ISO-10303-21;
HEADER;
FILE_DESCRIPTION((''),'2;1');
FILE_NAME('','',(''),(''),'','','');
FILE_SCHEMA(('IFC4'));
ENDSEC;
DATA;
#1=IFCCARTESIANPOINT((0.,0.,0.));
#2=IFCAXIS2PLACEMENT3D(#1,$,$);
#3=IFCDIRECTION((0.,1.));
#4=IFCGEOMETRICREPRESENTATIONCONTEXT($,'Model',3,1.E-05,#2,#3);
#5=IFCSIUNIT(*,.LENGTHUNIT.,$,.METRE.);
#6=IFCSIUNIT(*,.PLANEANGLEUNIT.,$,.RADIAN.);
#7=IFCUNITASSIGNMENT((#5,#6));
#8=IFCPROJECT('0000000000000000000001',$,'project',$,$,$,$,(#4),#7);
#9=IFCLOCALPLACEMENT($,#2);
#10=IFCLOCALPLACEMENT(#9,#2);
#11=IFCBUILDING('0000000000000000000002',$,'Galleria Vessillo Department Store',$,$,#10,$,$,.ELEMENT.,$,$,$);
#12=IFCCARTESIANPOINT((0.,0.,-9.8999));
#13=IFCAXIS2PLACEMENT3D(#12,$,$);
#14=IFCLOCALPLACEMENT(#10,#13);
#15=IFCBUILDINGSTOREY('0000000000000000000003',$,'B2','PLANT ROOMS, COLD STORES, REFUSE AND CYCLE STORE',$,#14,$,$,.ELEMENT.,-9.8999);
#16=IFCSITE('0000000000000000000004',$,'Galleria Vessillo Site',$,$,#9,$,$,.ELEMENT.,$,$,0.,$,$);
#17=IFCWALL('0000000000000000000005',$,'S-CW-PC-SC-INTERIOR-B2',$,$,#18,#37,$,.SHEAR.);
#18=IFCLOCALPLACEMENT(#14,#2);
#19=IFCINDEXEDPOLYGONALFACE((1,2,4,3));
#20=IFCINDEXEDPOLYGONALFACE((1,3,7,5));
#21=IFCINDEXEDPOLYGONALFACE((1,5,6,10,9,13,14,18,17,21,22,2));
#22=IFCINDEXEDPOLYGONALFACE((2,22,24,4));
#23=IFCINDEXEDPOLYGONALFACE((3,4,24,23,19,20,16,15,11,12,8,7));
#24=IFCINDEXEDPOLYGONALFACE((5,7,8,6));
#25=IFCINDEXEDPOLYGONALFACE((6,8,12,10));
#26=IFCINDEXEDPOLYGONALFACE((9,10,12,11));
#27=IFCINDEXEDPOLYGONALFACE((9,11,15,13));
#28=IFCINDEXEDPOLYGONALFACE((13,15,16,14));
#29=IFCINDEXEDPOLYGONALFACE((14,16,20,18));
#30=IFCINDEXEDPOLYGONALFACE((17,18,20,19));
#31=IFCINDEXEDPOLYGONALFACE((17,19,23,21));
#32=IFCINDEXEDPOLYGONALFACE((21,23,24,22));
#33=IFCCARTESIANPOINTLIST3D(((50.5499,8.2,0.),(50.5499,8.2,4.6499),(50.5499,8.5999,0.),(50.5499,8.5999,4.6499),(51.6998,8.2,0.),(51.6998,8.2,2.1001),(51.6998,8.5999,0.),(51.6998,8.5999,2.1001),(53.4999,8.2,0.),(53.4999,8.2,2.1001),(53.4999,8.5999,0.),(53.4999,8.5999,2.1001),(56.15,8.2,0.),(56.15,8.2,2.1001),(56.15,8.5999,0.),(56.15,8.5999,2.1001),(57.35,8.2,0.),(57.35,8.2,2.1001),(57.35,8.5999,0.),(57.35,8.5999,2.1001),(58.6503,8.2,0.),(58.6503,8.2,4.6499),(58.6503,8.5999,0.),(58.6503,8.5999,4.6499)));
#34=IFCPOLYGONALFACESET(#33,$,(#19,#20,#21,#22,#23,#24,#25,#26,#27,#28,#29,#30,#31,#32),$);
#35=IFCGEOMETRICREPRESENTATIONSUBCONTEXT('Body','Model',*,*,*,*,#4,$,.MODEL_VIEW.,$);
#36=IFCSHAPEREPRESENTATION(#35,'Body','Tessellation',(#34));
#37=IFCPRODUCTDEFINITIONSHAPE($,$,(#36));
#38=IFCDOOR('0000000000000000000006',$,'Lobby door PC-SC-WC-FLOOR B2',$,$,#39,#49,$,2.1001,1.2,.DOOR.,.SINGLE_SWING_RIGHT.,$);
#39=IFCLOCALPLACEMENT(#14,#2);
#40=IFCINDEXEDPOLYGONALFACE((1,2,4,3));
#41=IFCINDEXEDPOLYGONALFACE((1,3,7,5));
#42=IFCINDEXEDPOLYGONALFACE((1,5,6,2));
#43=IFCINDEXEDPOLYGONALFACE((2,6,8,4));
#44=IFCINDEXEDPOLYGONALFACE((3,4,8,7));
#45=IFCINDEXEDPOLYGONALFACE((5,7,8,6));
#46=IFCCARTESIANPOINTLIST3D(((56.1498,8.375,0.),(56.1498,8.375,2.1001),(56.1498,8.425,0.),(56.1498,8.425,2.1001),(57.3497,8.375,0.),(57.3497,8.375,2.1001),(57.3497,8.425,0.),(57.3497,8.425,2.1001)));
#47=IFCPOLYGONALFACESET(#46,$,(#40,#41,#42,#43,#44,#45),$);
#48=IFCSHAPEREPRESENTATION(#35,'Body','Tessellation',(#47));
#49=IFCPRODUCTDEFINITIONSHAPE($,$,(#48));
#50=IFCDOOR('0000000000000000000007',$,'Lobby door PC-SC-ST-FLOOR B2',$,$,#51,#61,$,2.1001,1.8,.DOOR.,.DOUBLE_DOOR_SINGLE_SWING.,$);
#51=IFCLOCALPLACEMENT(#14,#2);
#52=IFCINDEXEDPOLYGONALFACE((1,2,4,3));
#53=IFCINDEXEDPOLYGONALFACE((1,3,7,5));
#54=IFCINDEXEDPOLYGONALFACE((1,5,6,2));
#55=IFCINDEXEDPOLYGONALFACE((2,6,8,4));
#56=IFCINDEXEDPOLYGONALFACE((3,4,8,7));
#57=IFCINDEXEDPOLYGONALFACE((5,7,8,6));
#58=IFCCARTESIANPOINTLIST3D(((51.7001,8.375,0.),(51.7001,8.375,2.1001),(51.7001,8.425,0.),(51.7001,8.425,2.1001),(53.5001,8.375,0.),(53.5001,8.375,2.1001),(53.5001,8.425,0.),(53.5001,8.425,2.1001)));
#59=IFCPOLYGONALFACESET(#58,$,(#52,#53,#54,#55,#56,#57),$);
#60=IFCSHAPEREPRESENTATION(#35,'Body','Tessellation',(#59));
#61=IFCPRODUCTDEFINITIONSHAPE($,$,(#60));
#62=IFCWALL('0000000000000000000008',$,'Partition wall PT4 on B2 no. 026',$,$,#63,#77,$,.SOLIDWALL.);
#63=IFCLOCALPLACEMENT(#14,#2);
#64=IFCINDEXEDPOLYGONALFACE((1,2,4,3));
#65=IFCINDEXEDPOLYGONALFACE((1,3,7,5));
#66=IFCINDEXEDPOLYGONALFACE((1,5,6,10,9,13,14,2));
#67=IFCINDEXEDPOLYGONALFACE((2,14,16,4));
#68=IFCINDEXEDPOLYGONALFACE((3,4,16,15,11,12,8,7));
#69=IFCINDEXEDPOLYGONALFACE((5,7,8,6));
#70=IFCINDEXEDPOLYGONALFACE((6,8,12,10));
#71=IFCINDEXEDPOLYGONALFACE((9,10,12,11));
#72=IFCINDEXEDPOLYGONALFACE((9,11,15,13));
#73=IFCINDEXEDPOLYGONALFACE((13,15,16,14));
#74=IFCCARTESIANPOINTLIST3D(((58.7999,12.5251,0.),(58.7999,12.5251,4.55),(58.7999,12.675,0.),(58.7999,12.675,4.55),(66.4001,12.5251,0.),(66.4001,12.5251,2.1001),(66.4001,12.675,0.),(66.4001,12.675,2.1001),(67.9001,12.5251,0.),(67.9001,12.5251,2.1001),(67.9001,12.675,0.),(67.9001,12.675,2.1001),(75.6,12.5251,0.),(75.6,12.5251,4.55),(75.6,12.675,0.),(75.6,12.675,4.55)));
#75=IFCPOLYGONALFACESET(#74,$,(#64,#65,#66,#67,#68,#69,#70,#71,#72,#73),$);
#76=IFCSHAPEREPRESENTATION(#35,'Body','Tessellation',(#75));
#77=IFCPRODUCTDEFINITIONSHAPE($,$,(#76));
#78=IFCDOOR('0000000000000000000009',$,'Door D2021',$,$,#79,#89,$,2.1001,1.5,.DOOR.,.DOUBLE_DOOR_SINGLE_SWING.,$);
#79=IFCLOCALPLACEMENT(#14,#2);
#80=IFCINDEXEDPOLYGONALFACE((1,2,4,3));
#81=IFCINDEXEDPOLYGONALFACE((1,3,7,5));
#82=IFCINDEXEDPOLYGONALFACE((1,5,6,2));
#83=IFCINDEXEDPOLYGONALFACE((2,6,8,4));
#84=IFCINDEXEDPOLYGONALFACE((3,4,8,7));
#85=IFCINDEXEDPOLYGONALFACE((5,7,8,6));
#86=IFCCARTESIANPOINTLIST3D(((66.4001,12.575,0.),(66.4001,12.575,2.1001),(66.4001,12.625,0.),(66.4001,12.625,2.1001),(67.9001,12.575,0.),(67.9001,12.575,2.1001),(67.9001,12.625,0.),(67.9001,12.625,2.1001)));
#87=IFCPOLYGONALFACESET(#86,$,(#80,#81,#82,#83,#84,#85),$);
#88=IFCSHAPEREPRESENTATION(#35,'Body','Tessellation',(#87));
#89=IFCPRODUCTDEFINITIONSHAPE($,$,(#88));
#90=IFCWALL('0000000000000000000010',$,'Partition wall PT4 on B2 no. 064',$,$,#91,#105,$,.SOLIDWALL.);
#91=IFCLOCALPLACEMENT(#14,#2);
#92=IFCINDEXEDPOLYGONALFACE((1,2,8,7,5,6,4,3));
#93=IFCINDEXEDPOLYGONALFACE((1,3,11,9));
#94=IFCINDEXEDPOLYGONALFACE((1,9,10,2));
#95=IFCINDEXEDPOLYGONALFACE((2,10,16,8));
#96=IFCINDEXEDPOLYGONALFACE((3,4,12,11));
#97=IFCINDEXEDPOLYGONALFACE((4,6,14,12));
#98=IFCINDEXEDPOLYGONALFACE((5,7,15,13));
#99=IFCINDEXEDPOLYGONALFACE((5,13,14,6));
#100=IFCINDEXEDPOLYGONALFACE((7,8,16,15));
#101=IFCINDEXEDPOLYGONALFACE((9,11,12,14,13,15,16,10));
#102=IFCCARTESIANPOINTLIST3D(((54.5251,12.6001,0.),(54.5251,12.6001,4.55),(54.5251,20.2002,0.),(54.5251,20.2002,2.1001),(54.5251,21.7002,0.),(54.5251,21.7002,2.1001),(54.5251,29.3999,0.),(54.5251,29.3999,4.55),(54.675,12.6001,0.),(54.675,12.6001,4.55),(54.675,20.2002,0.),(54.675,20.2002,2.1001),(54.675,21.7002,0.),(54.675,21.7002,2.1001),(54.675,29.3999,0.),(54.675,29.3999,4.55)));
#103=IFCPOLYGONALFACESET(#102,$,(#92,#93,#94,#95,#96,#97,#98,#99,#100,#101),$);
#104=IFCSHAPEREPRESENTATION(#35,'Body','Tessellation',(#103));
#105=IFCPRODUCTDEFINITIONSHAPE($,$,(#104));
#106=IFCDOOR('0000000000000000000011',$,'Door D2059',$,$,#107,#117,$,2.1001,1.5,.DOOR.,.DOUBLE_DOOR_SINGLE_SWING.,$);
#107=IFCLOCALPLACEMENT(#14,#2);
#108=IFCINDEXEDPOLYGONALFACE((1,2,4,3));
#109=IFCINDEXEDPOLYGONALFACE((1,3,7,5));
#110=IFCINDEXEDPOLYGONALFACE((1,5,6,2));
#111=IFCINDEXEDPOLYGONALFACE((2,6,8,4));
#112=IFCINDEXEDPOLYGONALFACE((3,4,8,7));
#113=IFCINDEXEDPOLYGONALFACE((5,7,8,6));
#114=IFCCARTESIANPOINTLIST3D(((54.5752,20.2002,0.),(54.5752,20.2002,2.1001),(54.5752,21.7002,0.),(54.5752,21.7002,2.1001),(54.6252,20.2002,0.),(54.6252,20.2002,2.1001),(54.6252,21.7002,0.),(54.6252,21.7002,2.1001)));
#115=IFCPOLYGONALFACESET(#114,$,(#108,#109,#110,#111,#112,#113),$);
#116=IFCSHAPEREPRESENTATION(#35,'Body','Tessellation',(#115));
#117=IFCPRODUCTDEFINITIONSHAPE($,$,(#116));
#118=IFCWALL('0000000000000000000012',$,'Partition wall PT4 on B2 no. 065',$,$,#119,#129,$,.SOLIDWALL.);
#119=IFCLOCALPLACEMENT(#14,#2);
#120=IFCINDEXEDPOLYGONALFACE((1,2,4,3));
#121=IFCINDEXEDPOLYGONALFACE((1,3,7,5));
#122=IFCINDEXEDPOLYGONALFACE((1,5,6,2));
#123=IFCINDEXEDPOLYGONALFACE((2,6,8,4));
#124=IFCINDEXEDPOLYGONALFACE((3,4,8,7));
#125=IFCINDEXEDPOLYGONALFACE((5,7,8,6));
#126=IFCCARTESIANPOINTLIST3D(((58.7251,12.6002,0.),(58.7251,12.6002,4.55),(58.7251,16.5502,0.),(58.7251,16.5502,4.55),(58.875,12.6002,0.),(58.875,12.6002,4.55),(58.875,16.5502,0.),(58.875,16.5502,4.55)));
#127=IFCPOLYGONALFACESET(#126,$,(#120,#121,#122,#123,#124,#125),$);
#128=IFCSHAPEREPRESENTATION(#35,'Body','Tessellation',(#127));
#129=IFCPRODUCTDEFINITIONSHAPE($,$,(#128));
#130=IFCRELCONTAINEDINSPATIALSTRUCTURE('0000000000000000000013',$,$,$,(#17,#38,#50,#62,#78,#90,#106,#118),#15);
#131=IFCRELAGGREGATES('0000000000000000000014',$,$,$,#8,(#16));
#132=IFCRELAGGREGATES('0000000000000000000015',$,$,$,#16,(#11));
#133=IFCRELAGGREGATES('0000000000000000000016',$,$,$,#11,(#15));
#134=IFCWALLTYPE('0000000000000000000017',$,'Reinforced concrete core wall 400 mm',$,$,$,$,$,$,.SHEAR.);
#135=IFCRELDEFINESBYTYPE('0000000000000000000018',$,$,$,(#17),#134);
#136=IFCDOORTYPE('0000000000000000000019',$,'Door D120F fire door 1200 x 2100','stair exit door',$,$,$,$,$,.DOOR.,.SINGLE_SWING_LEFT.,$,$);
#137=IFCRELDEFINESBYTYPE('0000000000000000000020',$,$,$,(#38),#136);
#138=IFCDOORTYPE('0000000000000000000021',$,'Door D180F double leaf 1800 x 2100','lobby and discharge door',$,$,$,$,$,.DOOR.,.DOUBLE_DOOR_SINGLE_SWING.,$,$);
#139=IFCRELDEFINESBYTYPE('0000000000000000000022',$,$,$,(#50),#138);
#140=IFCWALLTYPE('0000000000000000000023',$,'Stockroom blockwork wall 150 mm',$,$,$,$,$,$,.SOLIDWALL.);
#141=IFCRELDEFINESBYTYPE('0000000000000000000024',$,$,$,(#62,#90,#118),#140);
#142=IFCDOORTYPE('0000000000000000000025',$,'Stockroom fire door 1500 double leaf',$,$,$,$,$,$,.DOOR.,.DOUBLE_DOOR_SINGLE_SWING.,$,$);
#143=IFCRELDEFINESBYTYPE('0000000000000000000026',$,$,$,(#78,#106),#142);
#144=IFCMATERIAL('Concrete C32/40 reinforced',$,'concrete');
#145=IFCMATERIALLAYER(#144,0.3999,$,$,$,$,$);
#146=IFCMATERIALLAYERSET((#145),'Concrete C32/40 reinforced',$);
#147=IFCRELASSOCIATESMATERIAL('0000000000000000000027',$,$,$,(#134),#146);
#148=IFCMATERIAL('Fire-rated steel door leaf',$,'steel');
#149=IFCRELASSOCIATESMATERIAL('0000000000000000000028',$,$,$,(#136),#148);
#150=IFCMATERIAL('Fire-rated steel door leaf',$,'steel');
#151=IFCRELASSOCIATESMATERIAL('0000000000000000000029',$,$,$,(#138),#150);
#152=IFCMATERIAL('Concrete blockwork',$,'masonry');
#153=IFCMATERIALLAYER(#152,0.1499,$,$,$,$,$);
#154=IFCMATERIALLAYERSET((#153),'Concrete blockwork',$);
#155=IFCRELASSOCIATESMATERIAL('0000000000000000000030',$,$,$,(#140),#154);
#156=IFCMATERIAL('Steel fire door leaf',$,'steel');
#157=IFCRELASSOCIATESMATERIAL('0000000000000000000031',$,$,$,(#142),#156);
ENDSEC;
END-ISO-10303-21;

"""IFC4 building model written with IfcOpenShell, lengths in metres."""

from ifc_helpers import new_model, si_unit, direction, frame, frame_2d, origin, place, context, subcontext, project, spatial, rectangle, extrude, material, layer, layer_set, type_object, element, fill, save


model = new_model("IFC4")

# Units and contexts
model_context = context("Model", 3, precision=1e-05, world=origin(), true_north=direction((0.0, 1.0)))
body_context = subcontext(model_context, "Body", "Model", "MODEL_VIEW")
ifc_project = project(units=[si_unit("LENGTHUNIT", "METRE"), si_unit("PLANEANGLEUNIT", "RADIAN")], contexts=[model_context])

# Site, building, storey
site_placement = place(None, origin())
site = spatial("IfcSite", under=ifc_project, at=site_placement, Name="Galleria Vessillo Site", CompositionType="ELEMENT", RefElevation=0.0)
building_placement = place(site_placement, origin())
building = spatial("IfcBuilding", under=site, at=building_placement, Name="Galleria Vessillo Department Store", CompositionType="ELEMENT")
storey_placement = place(building_placement, frame((0.0, 0.0, -9.8999)))
storey = spatial("IfcBuildingStorey", under=building, at=storey_placement, Name="B2", Description="PLANT ROOMS, COLD STORES, REFUSE AND CYCLE STORE", CompositionType="ELEMENT", Elevation=-9.8999)

# Wall, openings, doors
ifc_material_1 = material(Name="Concrete C32/40 reinforced", Category="concrete")
ifc_layer_1 = layer(ifc_material_1, 0.3999)
ifc_layer_set_1 = layer_set([ifc_layer_1], Name="Concrete C32/40 reinforced")
wall_type_1 = type_object("IfcWallType", Name="Reinforced concrete core wall 400 mm", PredefinedType="SHEAR", material=ifc_layer_set_1)
wall_1_placement = place(storey_placement, frame((50.5498, 8.3999, 0.0), z_axis=(0.0, 0.0, 1.0), x_axis=(1.0, 0.0, 0.0)))
wall_1 = element("IfcWall", 1, at=wall_1_placement, inside=storey, type_object=wall_type_1, Name="S-CW-PC-SC-INTERIOR-B2", PredefinedType="SHEAR", context=body_context, shape_type="SweptSolid", body=[
    extrude(rectangle(XDim=8.1003, YDim=0.3999, at=frame_2d((4.0503, 0.0))), origin(), (0.0, 0.0, 1.0), 4.6499),
])
opening_1_placement = place(wall_1_placement, frame((1.1501, 0.0, 0.0)))
opening_1 = element("IfcOpeningElement", 2, at=opening_1_placement, cuts=wall_1, PredefinedType="OPENING", context=body_context, shape_type="SweptSolid", body=[
    extrude(rectangle(XDim=1.8, YDim=2.1001, at=frame_2d((0.8999, 1.05))), frame((0.0, 0.21, 0.0), z_axis=(0.0, -1.0, 0.0), x_axis=(1.0, 0.0, 0.0)), (0.0, 0.0, 1.0), 0.4199),
])
opening_2_placement = place(wall_1_placement, frame((5.6001, 0.0, 0.0)))
opening_2 = element("IfcOpeningElement", 3, at=opening_2_placement, cuts=wall_1, PredefinedType="OPENING", context=body_context, shape_type="SweptSolid", body=[
    extrude(rectangle(XDim=1.2, YDim=2.1001, at=frame_2d((0.6001, 1.05))), frame((0.0, 0.21, 0.0), z_axis=(0.0, -1.0, 0.0), x_axis=(1.0, 0.0, 0.0)), (0.0, 0.0, 1.0), 0.4199),
])
ifc_material_2 = material(Name="Fire-rated steel door leaf", Category="steel")
door_type_1 = type_object("IfcDoorType", Name="Door D120F fire door 1200 x 2100", Description="stair exit door", OperationType="SINGLE_SWING_LEFT", PredefinedType="DOOR", material=ifc_material_2)
door_1_placement = place(opening_2_placement, frame((1.2, 0.0, 0.0), z_axis=(0.0, 0.0, 1.0), x_axis=(-1.0, 0.0, 0.0)))
door_1 = element("IfcDoor", 4, at=door_1_placement, inside=storey, type_object=door_type_1, Name="Lobby door PC-SC-WC-FLOOR B2", OperationType="SINGLE_SWING_RIGHT", OverallHeight=2.1001, OverallWidth=1.2, PredefinedType="DOOR", context=body_context, shape_type="SweptSolid", body=[
    extrude(rectangle(XDim=1.2, YDim=2.1001, at=frame_2d((0.6001, 1.05))), frame((0.0, 0.0249, 0.0), z_axis=(0.0, -1.0, 0.0), x_axis=(1.0, 0.0, 0.0)), (0.0, 0.0, 1.0), 0.05),
])
fill(opening_2, door_1)
ifc_material_3 = material(Name="Fire-rated steel door leaf", Category="steel")
door_type_2 = type_object("IfcDoorType", Name="Door D180F double leaf 1800 x 2100", Description="lobby and discharge door", OperationType="DOUBLE_DOOR_SINGLE_SWING", PredefinedType="DOOR", material=ifc_material_3)
door_2_placement = place(opening_1_placement, frame((1.8, 0.0, 0.0), z_axis=(0.0, 0.0, 1.0), x_axis=(-1.0, 0.0, 0.0)))
door_2 = element("IfcDoor", 5, at=door_2_placement, inside=storey, type_object=door_type_2, Name="Lobby door PC-SC-ST-FLOOR B2", OperationType="DOUBLE_DOOR_SINGLE_SWING", OverallHeight=2.1001, OverallWidth=1.8, PredefinedType="DOOR", context=body_context, shape_type="SweptSolid", body=[
    extrude(rectangle(XDim=1.8, YDim=2.1001, at=frame_2d((0.8999, 1.05))), frame((0.0, 0.0249, 0.0), z_axis=(0.0, -1.0, 0.0), x_axis=(1.0, 0.0, 0.0)), (0.0, 0.0, 1.0), 0.05),
])
fill(opening_1, door_2)

# Walls, openings, doors
ifc_material_4 = material(Name="Concrete blockwork", Category="masonry")
ifc_layer_2 = layer(ifc_material_4, 0.1499)
ifc_layer_set_2 = layer_set([ifc_layer_2], Name="Concrete blockwork")
wall_type_2 = type_object("IfcWallType", Name="Stockroom blockwork wall 150 mm", PredefinedType="SOLIDWALL", material=ifc_layer_set_2)
wall_2_placement = place(storey_placement, frame((58.8, 12.6001, 0.0), z_axis=(0.0, 0.0, 1.0), x_axis=(1.0, 0.0, 0.0)))
wall_2 = element("IfcWall", 6, at=wall_2_placement, inside=storey, type_object=wall_type_2, Name="Partition wall PT4 on B2 no. 026", PredefinedType="SOLIDWALL", context=body_context, shape_type="SweptSolid", body=[
    extrude(rectangle(XDim=16.8, YDim=0.1499, at=frame_2d((8.3999, 0.0))), origin(), (0.0, 0.0, 1.0), 4.55),
])
opening_3_placement = place(wall_2_placement, frame((7.6001, 0.0, 0.0)))
opening_3 = element("IfcOpeningElement", 7, at=opening_3_placement, cuts=wall_2, PredefinedType="OPENING", context=body_context, shape_type="SweptSolid", body=[
    extrude(rectangle(XDim=1.5, YDim=2.1001, at=frame_2d((0.75, 1.05))), frame((0.0, 0.085, 0.0), z_axis=(0.0, -1.0, 0.0), x_axis=(1.0, 0.0, 0.0)), (0.0, 0.0, 1.0), 0.1699),
])
ifc_material_5 = material(Name="Steel fire door leaf", Category="steel")
door_type_3 = type_object("IfcDoorType", Name="Stockroom fire door 1500 double leaf", OperationType="DOUBLE_DOOR_SINGLE_SWING", PredefinedType="DOOR", material=ifc_material_5)
door_3_placement = place(opening_3_placement, origin())
door_3 = element("IfcDoor", 8, at=door_3_placement, inside=storey, type_object=door_type_3, Name="Door D2021", OperationType="DOUBLE_DOOR_SINGLE_SWING", OverallHeight=2.1001, OverallWidth=1.5, PredefinedType="DOOR", context=body_context, shape_type="SweptSolid", body=[
    extrude(rectangle(XDim=1.5, YDim=2.1001, at=frame_2d((0.75, 1.05))), frame((0.0, 0.0249, 0.0), z_axis=(0.0, -1.0, 0.0), x_axis=(1.0, 0.0, 0.0)), (0.0, 0.0, 1.0), 0.05),
])
fill(opening_3, door_3)
wall_3_placement = place(storey_placement, frame((54.6001, 12.6001, 0.0), z_axis=(0.0, 0.0, 1.0), x_axis=(0.0, 1.0, 0.0)))
wall_3 = element("IfcWall", 9, at=wall_3_placement, inside=storey, type_object=wall_type_2, Name="Partition wall PT4 on B2 no. 064", PredefinedType="SOLIDWALL", context=body_context, shape_type="SweptSolid", body=[
    extrude(rectangle(XDim=16.7998, YDim=0.1499, at=frame_2d((8.3999, 0.0))), origin(), (0.0, 0.0, 1.0), 4.55),
])
opening_4_placement = place(wall_3_placement, frame((7.6001, 0.0, 0.0)))
opening_4 = element("IfcOpeningElement", 10, at=opening_4_placement, cuts=wall_3, PredefinedType="OPENING", context=body_context, shape_type="SweptSolid", body=[
    extrude(rectangle(XDim=1.5, YDim=2.1001, at=frame_2d((0.75, 1.05))), frame((0.0, 0.085, 0.0), z_axis=(0.0, -1.0, 0.0), x_axis=(1.0, 0.0, 0.0)), (0.0, 0.0, 1.0), 0.1699),
])
door_4_placement = place(opening_4_placement, origin())
door_4 = element("IfcDoor", 11, at=door_4_placement, inside=storey, type_object=door_type_3, Name="Door D2059", OperationType="DOUBLE_DOOR_SINGLE_SWING", OverallHeight=2.1001, OverallWidth=1.5, PredefinedType="DOOR", context=body_context, shape_type="SweptSolid", body=[
    extrude(rectangle(XDim=1.5, YDim=2.1001, at=frame_2d((0.75, 1.05))), frame((0.0, 0.0249, 0.0), z_axis=(0.0, -1.0, 0.0), x_axis=(1.0, 0.0, 0.0)), (0.0, 0.0, 1.0), 0.05),
])
fill(opening_4, door_4)

# Wall
wall_4_placement = place(storey_placement, frame((58.8, 12.6001, 0.0), z_axis=(0.0, 0.0, 1.0), x_axis=(0.0, 1.0, 0.0)))
element("IfcWall", 12, at=wall_4_placement, inside=storey, type_object=wall_type_2, Name="Partition wall PT4 on B2 no. 065", PredefinedType="SOLIDWALL", context=body_context, shape_type="SweptSolid", body=[
    extrude(rectangle(XDim=3.95, YDim=0.1499, at=frame_2d((1.9751, 0.0))), origin(), (0.0, 0.0, 1.0), 4.55),
])

save(model, "model.ifc")
